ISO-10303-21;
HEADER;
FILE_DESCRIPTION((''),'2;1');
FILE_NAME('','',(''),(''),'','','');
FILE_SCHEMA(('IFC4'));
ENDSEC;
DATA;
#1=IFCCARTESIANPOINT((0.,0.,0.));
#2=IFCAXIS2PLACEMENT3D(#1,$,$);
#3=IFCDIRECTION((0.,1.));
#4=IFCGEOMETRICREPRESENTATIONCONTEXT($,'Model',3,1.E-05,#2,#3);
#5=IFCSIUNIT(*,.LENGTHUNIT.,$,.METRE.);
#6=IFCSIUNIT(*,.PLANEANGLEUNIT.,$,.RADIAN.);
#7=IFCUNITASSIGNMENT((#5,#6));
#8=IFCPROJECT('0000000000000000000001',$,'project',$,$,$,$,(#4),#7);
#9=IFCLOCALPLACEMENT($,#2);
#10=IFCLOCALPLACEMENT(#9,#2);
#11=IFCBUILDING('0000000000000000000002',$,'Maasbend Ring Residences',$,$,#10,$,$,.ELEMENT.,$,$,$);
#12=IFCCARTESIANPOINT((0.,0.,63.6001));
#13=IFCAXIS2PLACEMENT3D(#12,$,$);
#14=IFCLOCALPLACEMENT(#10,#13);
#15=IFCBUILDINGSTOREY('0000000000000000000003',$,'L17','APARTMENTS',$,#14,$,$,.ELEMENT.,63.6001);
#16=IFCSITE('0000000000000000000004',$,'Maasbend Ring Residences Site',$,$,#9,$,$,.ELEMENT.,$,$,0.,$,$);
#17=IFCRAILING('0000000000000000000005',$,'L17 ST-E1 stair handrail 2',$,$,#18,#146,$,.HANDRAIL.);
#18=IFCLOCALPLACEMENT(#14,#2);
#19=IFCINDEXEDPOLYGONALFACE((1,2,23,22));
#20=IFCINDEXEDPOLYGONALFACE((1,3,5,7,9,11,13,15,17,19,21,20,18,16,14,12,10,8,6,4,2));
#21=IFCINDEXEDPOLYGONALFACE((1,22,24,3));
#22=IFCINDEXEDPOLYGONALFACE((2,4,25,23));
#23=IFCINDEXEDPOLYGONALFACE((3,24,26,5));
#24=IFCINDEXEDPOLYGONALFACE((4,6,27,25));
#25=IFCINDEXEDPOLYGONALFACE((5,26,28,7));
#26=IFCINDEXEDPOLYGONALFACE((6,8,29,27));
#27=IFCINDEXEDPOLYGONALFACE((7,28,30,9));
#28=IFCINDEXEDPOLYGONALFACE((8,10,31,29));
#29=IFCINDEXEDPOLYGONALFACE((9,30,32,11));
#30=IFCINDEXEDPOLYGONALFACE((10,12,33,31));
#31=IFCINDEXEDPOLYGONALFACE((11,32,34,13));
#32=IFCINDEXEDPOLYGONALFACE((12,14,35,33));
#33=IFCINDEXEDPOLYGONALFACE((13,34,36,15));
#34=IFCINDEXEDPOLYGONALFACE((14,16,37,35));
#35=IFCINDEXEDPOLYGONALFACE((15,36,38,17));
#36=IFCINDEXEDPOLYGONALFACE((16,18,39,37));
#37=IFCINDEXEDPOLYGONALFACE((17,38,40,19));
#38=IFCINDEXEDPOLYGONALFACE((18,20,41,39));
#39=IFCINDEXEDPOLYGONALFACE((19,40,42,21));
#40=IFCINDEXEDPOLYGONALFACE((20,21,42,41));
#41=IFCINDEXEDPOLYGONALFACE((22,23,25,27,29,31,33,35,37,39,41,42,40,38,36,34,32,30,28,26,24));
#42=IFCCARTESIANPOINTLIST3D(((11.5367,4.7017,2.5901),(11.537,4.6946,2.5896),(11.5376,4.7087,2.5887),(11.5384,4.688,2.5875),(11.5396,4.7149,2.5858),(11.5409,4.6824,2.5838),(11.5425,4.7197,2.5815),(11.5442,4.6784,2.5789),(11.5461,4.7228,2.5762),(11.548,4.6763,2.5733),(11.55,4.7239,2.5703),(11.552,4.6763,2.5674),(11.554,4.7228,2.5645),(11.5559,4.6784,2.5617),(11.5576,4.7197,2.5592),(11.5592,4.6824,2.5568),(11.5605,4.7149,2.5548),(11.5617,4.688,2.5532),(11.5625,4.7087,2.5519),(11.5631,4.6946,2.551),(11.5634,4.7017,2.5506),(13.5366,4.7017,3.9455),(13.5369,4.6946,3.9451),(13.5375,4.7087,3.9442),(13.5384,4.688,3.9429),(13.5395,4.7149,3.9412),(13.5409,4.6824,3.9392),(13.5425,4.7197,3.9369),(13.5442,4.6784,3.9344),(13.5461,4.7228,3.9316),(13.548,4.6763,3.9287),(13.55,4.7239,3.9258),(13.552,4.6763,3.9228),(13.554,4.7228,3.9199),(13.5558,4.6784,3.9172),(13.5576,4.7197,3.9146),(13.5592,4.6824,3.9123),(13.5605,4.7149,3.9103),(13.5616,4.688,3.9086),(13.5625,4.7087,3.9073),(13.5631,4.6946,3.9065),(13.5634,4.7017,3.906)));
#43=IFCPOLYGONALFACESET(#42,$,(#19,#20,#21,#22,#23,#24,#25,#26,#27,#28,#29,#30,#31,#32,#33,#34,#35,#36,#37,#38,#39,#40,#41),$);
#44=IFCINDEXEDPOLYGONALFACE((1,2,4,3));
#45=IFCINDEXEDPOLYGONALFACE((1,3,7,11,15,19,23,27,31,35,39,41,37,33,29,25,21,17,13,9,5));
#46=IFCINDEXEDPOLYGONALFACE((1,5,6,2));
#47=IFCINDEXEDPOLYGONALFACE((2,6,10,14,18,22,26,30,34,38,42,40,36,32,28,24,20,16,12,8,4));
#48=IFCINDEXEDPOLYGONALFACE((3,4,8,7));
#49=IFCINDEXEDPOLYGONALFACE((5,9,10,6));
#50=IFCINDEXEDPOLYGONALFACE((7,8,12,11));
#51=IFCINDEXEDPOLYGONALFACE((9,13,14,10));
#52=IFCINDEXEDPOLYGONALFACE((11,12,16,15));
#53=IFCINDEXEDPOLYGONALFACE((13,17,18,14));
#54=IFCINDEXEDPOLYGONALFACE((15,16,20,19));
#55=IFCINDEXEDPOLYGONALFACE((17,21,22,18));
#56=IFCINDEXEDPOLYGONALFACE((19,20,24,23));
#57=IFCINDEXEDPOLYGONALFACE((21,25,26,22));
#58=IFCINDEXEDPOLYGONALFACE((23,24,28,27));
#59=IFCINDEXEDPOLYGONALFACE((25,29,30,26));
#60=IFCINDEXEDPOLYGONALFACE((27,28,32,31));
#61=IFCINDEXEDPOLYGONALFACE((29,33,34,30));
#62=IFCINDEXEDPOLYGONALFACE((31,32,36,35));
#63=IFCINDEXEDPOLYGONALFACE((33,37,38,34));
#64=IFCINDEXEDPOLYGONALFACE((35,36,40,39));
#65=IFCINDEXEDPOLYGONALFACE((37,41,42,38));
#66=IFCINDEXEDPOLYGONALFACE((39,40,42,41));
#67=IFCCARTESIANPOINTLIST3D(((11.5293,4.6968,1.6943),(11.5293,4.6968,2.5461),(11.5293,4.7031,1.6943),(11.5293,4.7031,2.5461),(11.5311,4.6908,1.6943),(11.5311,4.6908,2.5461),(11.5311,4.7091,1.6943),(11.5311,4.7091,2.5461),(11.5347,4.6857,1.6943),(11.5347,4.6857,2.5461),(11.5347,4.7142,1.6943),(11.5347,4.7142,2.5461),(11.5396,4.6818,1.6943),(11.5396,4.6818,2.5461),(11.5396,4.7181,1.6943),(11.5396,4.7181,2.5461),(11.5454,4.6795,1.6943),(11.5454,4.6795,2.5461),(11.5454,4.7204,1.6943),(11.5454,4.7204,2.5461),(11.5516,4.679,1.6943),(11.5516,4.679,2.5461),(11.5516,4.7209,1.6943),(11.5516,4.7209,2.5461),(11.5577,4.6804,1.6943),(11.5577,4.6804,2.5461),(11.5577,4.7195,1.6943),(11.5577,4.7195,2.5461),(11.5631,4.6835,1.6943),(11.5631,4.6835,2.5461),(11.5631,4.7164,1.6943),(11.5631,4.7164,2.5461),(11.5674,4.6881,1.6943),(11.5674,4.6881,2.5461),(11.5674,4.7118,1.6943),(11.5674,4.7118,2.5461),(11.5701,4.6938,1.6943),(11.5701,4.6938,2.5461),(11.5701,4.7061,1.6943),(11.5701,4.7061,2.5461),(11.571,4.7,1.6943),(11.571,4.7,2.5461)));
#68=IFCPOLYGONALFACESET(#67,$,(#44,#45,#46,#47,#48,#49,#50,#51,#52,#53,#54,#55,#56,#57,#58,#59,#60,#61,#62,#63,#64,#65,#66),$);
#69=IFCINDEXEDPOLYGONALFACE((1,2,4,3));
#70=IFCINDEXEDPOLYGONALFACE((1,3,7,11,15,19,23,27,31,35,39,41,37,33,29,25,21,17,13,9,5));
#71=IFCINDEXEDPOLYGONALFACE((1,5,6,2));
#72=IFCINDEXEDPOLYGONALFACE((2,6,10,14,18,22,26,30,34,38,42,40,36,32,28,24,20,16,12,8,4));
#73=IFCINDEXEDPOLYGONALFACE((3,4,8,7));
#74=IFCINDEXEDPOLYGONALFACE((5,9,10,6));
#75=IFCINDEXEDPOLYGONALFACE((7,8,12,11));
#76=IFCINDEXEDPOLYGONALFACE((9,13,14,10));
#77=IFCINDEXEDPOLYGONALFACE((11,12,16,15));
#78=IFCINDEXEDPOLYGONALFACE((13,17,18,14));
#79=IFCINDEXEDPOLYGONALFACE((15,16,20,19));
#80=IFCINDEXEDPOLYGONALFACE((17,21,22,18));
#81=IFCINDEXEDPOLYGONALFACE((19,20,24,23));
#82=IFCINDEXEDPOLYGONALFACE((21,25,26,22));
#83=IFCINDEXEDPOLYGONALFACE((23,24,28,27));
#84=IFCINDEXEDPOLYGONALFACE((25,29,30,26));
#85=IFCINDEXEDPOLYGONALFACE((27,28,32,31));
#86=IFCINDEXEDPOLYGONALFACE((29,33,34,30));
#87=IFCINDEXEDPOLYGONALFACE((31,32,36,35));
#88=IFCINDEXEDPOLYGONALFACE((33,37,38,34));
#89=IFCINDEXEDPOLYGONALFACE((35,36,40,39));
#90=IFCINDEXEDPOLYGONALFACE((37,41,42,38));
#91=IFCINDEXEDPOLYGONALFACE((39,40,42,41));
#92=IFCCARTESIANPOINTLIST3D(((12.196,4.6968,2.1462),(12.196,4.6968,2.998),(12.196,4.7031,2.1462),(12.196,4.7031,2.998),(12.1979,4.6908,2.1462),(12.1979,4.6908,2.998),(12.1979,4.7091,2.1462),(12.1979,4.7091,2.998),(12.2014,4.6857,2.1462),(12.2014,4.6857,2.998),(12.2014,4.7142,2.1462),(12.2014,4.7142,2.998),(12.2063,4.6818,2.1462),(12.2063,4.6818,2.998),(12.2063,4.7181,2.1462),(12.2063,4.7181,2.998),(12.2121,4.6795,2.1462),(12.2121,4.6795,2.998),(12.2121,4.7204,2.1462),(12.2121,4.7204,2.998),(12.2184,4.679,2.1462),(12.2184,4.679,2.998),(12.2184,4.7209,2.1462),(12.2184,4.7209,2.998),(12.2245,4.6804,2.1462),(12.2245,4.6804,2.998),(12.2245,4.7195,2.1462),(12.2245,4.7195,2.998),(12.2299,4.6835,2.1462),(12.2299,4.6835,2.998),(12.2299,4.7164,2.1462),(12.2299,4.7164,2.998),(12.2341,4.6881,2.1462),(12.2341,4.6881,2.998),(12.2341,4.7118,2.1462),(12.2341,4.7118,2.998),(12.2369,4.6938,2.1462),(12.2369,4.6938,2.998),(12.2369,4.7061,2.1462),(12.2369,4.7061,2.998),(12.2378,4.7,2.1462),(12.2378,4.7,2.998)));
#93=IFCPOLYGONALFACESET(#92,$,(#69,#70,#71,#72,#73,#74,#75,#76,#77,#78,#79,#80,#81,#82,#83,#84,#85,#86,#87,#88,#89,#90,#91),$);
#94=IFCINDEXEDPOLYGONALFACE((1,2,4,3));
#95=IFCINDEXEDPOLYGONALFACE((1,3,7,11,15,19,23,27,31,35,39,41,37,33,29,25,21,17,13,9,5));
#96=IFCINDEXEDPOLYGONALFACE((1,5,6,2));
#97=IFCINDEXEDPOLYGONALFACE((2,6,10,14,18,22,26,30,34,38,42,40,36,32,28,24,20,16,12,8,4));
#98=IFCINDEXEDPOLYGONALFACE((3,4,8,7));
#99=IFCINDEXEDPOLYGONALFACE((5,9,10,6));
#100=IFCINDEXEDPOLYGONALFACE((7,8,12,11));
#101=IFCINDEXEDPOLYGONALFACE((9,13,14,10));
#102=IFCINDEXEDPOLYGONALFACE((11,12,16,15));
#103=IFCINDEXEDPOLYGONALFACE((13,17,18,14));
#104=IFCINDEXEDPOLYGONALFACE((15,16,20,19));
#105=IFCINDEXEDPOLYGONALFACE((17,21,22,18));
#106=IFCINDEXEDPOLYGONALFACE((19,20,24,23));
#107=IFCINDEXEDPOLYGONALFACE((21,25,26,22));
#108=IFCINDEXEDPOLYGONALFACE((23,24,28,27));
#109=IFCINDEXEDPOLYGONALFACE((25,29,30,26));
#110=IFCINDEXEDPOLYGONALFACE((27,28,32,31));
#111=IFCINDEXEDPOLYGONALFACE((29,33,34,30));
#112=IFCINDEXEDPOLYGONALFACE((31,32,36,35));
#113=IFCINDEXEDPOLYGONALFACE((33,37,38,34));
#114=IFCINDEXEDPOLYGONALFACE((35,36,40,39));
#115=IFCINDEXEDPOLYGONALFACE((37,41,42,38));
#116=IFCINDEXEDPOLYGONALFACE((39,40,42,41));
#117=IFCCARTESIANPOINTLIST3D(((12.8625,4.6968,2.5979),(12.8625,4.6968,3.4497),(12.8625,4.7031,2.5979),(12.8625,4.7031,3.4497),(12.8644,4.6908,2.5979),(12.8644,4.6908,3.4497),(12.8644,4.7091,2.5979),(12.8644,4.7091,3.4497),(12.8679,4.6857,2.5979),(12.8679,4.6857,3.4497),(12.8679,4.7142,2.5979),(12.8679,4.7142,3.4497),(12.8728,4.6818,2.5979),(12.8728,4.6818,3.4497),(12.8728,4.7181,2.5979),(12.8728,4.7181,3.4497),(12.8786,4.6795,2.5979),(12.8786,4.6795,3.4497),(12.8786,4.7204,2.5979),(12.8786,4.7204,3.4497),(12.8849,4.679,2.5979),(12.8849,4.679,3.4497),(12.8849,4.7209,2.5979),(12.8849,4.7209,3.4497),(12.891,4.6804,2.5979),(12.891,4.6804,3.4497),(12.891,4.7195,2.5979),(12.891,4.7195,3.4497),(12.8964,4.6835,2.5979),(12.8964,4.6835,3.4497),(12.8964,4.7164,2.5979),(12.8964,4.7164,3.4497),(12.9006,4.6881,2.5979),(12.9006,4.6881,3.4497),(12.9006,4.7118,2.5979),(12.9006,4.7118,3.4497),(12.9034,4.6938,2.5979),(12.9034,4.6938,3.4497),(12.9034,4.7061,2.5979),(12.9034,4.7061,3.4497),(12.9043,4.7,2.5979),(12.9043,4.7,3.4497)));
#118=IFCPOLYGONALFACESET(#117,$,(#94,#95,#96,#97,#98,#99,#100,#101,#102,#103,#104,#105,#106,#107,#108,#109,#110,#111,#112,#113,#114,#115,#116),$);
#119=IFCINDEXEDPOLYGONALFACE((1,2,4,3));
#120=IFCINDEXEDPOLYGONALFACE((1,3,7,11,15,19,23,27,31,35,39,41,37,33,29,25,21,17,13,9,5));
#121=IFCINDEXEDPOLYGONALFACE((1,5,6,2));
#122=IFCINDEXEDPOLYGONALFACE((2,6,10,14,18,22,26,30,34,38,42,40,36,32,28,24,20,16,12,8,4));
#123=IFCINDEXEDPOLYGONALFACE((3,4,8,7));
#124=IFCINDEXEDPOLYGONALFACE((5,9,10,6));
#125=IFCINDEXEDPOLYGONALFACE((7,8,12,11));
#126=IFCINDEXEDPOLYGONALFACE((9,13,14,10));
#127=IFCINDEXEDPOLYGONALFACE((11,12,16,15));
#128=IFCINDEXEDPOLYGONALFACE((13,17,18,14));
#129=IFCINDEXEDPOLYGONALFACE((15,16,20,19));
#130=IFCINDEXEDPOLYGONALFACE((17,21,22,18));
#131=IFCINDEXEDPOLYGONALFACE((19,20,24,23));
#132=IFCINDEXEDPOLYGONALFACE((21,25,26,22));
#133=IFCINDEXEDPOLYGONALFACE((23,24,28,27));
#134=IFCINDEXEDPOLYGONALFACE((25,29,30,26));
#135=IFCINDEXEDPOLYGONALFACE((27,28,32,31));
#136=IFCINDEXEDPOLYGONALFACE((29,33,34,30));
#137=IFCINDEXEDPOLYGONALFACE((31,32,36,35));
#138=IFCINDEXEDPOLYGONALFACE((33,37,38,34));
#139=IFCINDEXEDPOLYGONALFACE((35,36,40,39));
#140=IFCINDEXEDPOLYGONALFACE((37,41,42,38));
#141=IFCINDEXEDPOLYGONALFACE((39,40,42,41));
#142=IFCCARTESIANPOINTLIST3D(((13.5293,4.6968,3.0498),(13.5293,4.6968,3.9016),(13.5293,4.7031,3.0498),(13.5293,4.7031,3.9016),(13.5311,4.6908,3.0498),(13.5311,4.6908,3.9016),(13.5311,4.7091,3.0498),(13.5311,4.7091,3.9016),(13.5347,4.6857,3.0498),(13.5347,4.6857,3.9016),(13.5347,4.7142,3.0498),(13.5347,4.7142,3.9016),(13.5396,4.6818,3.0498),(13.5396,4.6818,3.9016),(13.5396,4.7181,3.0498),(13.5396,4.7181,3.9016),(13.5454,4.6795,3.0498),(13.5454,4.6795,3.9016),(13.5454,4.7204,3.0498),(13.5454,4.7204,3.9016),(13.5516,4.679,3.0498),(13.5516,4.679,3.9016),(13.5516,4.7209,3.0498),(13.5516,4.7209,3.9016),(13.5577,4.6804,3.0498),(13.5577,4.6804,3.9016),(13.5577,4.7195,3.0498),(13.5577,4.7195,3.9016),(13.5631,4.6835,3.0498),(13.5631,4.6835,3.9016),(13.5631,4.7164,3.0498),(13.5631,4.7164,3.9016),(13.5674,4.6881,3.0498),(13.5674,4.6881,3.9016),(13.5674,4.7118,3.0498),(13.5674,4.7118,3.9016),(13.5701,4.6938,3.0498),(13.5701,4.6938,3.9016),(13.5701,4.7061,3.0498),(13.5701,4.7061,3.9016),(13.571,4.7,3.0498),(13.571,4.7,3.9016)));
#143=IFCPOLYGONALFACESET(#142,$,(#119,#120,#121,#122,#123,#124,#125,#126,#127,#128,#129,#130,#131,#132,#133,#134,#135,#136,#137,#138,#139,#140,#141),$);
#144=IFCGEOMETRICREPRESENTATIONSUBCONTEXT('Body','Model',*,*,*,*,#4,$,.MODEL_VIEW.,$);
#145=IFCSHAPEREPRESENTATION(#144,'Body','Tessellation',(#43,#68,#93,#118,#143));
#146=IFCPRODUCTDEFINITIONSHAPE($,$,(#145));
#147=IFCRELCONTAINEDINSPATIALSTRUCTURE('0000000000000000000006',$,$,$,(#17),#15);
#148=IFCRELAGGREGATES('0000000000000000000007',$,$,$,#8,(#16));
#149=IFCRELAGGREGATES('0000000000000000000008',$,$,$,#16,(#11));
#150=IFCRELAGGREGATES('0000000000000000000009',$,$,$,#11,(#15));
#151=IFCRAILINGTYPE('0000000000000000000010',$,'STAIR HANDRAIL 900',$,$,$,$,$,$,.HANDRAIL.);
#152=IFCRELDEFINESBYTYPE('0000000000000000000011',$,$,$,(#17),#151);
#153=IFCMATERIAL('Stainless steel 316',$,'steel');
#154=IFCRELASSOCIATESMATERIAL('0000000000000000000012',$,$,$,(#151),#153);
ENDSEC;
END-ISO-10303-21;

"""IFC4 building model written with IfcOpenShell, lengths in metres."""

from ifc_helpers import new_model, si_unit, direction, frame, origin, origin_2d, place, context, subcontext, project, spatial, circle, extrude, material, type_object, element, save


model = new_model("IFC4")

# Units and contexts
model_context = context("Model", 3, precision=1e-05, world=origin(), true_north=direction((0.0, 1.0)))
body_context = subcontext(model_context, "Body", "Model", "MODEL_VIEW")
ifc_project = project(units=[si_unit("LENGTHUNIT", "METRE"), si_unit("PLANEANGLEUNIT", "RADIAN")], contexts=[model_context])

# Site, building, storey
site_placement = place(None, origin())
site = spatial("IfcSite", under=ifc_project, at=site_placement, Name="Maasbend Ring Residences Site", CompositionType="ELEMENT", RefElevation=0.0)
building_placement = place(site_placement, origin())
building = spatial("IfcBuilding", under=site, at=building_placement, Name="Maasbend Ring Residences", CompositionType="ELEMENT")
storey_placement = place(building_placement, frame((0.0, 0.0, 63.6001)))
storey = spatial("IfcBuildingStorey", under=building, at=storey_placement, Name="L17", Description="APARTMENTS", CompositionType="ELEMENT", Elevation=63.6001)

# Railing
ifc_material_1 = material(Name="Stainless steel 316", Category="steel")
railing_type_1 = type_object("IfcRailingType", Name="STAIR HANDRAIL 900", PredefinedType="HANDRAIL", material=ifc_material_1)
railing_1_placement = place(storey_placement, frame((11.55, 4.7, 1.6943)))
element("IfcRailing", 1, at=railing_1_placement, inside=storey, type_object=railing_type_1, Name="L17 ST-E1 stair handrail 2", PredefinedType="HANDRAIL", context=body_context, shape_type="SweptSolid", body=[
    extrude(circle(Radius=0.0239, at=origin_2d()), frame((0.0, 0.0, 0.876), z_axis=(0.827798, 0.0, 0.561027), x_axis=(0.0, 1.0, 0.0)), (0.0, 0.0, 1.0), 2.416),
    extrude(circle(Radius=0.021, at=origin_2d()), origin(), (0.0, 0.0, 1.0), 0.8518),
    extrude(circle(Radius=0.021, at=origin_2d()), frame((0.6667, 0.0, 0.4519)), (0.0, 0.0, 1.0), 0.8518),
    extrude(circle(Radius=0.021, at=origin_2d()), frame((1.3333, 0.0, 0.9036)), (0.0, 0.0, 1.0), 0.8518),
    extrude(circle(Radius=0.021, at=origin_2d()), frame((2.0, 0.0, 1.3555)), (0.0, 0.0, 1.0), 0.8518),
])

save(model, "model.ifc")
